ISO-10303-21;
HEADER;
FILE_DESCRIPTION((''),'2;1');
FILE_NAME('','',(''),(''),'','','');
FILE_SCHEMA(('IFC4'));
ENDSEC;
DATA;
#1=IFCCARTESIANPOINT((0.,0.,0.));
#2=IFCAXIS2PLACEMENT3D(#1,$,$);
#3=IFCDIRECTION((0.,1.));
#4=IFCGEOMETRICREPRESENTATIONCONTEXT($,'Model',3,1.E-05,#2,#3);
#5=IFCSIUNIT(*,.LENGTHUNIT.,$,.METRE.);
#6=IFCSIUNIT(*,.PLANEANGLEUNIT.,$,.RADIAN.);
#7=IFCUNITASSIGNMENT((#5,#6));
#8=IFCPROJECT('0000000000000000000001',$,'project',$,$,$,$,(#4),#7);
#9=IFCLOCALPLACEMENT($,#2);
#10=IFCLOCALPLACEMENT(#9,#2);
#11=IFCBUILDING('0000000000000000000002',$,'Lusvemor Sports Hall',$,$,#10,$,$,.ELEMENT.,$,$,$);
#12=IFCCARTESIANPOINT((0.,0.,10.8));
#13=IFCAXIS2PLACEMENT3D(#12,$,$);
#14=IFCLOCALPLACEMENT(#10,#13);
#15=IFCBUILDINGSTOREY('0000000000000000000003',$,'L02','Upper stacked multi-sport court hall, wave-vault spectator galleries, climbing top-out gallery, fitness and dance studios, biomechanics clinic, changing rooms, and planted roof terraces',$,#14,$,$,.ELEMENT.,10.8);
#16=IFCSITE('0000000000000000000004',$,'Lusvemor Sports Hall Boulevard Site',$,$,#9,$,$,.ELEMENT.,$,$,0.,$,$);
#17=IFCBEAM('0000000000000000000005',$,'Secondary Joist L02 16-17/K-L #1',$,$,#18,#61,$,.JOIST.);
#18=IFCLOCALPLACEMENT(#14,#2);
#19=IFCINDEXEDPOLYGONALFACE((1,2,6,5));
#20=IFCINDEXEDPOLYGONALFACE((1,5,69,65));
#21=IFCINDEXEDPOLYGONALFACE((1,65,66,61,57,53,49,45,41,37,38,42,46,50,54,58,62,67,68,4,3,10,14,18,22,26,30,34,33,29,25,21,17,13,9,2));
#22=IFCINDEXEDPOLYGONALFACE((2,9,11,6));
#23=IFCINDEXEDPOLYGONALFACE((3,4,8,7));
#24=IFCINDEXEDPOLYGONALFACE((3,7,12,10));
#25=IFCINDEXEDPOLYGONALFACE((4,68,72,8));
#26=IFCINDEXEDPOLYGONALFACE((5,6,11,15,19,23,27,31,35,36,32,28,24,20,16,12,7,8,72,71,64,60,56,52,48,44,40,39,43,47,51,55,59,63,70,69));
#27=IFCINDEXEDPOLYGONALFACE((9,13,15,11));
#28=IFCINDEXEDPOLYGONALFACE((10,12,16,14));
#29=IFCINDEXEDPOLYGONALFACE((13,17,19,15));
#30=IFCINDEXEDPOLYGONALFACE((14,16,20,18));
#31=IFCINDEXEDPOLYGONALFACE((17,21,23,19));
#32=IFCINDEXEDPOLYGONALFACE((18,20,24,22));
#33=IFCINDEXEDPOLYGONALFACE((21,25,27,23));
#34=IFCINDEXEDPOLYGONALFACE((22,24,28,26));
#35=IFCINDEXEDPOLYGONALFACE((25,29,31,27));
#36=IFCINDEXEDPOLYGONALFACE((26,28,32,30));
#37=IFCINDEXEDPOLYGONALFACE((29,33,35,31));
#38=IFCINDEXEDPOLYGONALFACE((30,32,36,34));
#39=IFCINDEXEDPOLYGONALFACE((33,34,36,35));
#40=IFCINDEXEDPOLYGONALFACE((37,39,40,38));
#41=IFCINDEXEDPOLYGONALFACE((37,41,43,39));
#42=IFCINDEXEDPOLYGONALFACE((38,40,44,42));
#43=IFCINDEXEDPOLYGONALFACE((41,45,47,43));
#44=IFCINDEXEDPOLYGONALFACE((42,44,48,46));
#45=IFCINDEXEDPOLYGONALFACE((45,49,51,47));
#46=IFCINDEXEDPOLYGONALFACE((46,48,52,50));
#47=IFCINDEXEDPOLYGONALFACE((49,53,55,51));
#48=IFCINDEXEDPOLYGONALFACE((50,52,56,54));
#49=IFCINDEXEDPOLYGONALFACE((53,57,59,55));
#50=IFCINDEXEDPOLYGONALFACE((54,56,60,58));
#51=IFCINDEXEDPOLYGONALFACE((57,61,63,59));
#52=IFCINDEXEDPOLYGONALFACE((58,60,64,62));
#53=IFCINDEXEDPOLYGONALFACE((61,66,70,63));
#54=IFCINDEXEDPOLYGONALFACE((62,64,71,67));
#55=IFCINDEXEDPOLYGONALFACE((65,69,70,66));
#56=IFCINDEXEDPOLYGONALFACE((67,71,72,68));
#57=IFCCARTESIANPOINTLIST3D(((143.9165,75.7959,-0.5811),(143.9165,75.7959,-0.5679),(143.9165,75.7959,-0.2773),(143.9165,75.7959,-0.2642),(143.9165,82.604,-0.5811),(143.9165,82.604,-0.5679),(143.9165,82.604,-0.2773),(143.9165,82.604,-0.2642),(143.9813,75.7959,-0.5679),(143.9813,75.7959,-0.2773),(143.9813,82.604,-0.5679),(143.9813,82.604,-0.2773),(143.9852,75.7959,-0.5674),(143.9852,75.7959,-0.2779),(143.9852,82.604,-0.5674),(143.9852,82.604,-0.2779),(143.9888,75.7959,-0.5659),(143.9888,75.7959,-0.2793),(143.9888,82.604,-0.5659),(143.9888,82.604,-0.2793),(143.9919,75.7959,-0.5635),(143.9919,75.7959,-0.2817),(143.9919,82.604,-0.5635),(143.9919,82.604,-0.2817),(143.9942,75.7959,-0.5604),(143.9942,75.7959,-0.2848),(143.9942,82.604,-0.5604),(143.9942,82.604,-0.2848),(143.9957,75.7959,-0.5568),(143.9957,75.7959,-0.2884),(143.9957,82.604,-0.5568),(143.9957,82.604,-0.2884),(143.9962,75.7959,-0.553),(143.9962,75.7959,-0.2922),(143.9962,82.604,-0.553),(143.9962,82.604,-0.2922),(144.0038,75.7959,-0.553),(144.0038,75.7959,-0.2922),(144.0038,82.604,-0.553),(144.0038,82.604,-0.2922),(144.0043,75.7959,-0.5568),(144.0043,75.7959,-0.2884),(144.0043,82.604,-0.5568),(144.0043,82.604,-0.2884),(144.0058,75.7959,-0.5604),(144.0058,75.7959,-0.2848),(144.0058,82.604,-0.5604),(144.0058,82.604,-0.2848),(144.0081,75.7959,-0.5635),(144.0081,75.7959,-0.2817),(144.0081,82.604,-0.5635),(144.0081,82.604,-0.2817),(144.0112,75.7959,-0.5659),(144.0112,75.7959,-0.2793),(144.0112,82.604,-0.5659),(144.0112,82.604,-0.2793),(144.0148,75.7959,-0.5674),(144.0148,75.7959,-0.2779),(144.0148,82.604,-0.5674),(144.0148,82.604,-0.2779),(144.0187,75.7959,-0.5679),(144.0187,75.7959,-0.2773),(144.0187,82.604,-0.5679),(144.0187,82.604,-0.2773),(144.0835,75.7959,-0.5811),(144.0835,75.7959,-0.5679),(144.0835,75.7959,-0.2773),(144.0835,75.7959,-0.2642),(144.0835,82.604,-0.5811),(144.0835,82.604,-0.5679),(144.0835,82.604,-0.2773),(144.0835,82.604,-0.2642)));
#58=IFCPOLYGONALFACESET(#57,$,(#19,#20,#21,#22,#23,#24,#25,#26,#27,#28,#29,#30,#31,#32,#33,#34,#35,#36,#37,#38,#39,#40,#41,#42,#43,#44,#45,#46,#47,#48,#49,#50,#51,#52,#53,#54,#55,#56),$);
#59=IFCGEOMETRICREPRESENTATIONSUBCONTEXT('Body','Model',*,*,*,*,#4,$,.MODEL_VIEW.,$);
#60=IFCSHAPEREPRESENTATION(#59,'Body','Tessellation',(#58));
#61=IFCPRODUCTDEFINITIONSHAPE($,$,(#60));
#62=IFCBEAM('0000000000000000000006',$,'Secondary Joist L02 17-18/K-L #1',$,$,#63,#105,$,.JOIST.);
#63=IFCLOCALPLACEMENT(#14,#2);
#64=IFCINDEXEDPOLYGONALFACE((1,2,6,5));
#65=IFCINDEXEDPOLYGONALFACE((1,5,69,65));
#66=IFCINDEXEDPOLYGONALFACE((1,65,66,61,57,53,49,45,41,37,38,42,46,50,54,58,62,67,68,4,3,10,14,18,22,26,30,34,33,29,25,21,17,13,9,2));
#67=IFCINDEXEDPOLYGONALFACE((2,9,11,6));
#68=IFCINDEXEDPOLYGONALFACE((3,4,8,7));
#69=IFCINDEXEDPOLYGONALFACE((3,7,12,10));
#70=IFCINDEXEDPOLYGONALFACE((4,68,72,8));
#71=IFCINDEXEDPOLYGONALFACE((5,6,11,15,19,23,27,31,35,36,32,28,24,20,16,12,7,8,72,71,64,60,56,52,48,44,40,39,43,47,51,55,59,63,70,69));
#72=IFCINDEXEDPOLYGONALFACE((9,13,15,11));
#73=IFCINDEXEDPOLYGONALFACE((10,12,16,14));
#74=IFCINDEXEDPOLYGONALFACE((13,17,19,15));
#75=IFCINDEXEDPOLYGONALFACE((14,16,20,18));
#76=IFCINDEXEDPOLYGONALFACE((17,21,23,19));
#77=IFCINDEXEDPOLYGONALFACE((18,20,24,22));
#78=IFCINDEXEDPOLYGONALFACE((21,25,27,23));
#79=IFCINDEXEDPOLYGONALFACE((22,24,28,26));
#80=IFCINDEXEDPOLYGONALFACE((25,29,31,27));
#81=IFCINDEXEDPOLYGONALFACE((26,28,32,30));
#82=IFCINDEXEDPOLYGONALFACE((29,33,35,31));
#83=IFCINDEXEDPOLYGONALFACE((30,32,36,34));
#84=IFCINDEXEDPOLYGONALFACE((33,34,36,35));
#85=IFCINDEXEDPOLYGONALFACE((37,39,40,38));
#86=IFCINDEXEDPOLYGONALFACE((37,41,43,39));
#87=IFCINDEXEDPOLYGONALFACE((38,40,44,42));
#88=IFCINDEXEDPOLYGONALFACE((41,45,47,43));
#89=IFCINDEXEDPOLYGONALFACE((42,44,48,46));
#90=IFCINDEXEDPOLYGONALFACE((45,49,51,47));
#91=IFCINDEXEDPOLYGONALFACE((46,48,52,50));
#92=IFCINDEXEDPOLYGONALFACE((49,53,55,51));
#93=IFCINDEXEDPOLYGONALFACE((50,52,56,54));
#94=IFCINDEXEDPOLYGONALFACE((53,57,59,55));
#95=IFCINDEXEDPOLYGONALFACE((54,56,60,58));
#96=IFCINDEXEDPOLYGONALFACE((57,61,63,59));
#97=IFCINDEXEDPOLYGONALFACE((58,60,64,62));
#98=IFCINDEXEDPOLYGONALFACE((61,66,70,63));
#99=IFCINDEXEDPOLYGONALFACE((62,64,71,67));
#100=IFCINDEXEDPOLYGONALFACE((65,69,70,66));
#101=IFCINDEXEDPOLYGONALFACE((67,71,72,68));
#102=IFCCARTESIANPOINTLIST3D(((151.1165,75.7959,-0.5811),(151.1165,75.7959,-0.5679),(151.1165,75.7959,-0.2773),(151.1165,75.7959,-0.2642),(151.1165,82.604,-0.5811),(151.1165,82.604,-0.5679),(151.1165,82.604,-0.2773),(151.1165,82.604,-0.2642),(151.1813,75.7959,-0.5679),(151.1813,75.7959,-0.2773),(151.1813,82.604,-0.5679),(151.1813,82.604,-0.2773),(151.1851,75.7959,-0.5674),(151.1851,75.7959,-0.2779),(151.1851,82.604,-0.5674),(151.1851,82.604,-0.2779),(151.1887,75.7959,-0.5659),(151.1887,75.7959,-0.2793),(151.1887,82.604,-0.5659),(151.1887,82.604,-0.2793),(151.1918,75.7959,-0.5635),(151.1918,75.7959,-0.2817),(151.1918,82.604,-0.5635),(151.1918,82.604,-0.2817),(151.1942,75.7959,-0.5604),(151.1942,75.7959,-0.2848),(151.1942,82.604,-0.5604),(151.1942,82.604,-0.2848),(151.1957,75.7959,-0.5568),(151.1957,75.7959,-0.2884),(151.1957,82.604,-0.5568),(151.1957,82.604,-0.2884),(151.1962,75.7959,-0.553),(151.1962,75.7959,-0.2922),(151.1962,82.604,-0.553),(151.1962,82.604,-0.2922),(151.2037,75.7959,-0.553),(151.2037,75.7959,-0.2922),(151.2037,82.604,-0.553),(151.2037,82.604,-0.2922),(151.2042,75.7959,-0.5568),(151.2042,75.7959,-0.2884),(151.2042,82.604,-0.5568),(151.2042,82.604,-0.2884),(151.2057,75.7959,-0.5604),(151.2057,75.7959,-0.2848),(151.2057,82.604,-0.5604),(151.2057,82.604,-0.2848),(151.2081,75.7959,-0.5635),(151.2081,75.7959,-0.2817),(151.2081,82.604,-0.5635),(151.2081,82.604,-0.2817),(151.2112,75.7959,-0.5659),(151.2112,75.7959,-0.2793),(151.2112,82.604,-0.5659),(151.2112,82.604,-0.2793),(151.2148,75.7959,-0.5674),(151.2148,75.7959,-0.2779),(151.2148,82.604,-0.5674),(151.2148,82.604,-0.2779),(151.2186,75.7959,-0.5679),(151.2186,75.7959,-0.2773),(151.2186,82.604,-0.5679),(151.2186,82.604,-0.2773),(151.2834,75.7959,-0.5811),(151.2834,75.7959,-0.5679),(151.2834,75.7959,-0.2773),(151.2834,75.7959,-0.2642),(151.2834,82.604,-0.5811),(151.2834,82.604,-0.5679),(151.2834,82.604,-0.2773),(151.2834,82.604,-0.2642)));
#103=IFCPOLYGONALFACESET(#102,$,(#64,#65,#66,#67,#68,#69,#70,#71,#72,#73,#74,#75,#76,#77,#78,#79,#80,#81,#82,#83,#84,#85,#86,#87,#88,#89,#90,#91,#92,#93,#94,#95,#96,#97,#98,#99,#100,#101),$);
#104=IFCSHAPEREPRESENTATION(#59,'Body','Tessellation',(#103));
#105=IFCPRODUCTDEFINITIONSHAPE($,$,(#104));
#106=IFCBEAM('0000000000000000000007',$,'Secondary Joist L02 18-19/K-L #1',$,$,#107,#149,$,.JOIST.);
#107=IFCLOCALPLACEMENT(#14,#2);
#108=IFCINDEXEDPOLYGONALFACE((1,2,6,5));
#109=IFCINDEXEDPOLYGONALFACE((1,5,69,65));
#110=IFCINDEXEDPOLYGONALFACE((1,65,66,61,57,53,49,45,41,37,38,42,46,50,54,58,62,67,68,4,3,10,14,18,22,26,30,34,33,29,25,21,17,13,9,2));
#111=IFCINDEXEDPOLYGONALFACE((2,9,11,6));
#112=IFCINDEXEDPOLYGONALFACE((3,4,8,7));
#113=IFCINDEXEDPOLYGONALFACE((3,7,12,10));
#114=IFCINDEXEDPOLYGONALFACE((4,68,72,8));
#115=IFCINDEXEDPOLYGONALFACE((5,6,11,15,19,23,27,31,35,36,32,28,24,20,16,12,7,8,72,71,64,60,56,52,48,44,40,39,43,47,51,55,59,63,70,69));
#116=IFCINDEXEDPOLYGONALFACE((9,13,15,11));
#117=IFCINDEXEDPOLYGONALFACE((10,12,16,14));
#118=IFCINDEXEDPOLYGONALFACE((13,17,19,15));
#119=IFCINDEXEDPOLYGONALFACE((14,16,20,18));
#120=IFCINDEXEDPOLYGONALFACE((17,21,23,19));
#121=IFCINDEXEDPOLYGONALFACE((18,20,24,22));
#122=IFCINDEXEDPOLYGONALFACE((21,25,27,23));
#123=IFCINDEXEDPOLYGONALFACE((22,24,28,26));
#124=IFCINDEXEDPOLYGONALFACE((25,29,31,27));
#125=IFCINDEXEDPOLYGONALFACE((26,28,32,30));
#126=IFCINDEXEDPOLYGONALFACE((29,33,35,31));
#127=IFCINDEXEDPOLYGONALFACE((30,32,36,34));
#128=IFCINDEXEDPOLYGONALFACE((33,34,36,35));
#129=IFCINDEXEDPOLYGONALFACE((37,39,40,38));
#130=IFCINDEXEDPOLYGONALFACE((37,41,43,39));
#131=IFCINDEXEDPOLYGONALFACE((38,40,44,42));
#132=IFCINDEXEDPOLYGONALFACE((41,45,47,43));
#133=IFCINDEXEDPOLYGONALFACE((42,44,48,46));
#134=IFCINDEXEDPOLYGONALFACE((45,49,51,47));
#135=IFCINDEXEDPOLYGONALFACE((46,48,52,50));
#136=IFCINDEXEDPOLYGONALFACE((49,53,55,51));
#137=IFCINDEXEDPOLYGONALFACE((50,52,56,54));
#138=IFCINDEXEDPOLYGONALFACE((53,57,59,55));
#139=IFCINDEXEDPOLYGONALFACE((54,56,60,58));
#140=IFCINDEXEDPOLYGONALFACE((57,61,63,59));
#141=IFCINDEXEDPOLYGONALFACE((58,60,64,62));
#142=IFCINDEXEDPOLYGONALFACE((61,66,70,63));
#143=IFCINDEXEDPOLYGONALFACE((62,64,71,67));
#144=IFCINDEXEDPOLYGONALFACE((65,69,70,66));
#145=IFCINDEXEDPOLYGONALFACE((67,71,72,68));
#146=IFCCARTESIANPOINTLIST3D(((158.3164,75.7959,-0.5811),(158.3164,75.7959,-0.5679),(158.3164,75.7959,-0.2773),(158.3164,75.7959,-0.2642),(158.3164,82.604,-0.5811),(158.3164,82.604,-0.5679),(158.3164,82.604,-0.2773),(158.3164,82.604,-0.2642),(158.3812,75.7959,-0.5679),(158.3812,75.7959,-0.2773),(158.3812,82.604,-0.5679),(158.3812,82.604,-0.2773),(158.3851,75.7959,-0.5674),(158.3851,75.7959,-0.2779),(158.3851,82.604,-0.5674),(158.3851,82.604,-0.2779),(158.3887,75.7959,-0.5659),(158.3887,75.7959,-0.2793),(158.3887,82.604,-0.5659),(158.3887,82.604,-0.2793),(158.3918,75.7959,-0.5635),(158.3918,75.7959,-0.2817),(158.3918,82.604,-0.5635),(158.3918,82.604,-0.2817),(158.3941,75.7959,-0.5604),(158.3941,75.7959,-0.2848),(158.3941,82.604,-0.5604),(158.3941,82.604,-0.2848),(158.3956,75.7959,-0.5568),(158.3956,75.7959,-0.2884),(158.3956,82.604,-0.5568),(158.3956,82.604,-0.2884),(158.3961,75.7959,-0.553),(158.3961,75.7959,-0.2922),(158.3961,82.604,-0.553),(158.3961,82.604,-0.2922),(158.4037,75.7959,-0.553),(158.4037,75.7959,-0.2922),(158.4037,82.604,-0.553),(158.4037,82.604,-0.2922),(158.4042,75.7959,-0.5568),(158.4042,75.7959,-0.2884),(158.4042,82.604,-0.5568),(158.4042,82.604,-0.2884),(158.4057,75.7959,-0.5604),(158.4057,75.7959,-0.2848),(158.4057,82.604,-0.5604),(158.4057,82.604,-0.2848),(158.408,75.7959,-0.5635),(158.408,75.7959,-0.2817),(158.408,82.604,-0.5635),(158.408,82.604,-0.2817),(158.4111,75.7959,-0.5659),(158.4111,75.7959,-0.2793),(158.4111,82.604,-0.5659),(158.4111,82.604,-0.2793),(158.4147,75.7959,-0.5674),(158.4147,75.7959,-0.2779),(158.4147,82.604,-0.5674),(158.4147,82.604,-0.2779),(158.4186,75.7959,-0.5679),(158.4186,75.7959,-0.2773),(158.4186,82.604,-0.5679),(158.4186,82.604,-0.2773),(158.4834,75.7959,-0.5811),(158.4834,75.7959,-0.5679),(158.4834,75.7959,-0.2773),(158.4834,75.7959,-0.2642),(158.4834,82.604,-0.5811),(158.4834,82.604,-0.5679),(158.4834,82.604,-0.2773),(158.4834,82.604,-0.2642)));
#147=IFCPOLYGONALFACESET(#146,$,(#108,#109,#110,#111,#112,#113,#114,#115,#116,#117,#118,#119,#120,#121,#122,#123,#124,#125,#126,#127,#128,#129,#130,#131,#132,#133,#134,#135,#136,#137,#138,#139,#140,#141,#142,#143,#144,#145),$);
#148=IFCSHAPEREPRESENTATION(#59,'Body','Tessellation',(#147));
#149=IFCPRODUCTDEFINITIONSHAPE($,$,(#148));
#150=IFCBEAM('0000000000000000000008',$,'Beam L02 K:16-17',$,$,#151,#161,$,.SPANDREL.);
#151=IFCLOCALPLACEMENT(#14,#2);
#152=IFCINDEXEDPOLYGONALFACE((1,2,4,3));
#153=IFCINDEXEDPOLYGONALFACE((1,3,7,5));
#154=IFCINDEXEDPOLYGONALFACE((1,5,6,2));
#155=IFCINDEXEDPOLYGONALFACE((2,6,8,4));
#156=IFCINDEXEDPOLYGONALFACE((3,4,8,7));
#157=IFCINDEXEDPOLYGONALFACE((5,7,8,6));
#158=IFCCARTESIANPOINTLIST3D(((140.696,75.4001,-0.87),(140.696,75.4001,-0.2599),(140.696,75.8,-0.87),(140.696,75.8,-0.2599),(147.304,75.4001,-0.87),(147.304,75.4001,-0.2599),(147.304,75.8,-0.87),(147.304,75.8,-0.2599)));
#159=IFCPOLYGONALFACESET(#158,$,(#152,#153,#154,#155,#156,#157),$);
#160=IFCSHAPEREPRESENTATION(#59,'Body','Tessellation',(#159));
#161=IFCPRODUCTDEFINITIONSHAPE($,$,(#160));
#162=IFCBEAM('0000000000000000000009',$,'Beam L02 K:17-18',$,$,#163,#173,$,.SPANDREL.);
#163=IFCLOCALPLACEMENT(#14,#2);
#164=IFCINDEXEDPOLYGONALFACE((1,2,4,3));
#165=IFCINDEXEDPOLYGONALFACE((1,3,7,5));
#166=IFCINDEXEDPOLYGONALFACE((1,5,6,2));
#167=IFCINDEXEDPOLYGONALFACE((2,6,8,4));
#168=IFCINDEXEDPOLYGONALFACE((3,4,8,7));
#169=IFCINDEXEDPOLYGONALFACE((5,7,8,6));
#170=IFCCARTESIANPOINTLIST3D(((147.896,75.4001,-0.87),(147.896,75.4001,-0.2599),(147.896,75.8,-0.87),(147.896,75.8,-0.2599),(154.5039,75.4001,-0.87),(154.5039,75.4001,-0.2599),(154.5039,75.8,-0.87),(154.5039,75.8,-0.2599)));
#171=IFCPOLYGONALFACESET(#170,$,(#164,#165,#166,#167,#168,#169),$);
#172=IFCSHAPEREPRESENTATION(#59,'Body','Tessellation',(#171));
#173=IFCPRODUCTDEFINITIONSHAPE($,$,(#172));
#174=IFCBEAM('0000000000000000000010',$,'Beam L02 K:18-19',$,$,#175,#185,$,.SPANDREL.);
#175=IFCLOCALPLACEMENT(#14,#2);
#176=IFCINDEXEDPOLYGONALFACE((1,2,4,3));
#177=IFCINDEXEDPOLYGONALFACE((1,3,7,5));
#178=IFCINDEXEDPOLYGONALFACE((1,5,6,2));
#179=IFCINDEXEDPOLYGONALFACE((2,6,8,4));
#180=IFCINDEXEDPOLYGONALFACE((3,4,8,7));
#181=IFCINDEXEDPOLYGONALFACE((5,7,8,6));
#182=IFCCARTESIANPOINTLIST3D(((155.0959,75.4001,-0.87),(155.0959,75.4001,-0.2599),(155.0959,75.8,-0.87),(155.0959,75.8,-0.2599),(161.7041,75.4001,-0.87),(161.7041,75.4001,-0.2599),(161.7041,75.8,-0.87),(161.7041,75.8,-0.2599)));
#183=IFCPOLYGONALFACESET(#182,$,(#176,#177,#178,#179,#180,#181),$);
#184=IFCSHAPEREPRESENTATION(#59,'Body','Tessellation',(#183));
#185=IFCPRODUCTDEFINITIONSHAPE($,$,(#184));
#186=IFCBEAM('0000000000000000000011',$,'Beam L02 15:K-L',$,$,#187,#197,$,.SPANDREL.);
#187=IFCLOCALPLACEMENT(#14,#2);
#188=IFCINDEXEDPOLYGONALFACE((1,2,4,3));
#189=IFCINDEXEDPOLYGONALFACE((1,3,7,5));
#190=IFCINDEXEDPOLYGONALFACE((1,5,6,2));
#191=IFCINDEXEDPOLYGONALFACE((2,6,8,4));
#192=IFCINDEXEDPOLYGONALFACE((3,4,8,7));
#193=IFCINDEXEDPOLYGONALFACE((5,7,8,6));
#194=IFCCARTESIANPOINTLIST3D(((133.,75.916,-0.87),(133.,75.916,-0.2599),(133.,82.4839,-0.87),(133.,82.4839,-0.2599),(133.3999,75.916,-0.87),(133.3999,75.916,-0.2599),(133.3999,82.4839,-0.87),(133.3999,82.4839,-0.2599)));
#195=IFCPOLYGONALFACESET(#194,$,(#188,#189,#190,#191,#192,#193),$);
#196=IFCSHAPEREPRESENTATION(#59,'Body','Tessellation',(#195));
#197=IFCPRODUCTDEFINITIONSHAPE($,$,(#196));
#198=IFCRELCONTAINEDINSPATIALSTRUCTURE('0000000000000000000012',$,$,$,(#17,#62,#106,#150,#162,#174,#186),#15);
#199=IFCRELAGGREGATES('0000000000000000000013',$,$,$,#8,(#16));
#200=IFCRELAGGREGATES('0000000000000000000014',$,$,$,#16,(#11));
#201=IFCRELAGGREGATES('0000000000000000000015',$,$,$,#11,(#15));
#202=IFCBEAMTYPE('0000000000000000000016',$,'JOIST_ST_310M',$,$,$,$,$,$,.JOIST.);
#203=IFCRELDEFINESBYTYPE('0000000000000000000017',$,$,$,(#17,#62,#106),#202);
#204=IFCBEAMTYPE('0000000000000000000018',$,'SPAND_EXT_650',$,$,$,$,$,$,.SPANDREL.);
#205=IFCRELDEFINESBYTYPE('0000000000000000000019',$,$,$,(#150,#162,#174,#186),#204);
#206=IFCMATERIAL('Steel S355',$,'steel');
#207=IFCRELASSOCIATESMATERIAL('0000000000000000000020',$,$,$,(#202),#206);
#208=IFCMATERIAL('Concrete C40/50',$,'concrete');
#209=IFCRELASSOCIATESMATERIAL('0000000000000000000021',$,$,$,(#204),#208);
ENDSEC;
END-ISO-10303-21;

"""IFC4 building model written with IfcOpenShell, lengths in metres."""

from ifc_helpers import new_model, si_unit, direction, frame, origin, origin_2d, place, context, subcontext, project, spatial, rectangle, i_section, extrude, material, material_profile, profile_set, type_object, element, save


model = new_model("IFC4")

# Units and contexts
model_context = context("Model", 3, precision=1e-05, world=origin(), true_north=direction((0.0, 1.0)))
body_context = subcontext(model_context, "Body", "Model", "MODEL_VIEW")
ifc_project = project(units=[si_unit("LENGTHUNIT", "METRE"), si_unit("PLANEANGLEUNIT", "RADIAN")], contexts=[model_context])

# Site, building, storey
site_placement = place(None, origin())
site = spatial("IfcSite", under=ifc_project, at=site_placement, Name="Lusvemor Sports Hall Boulevard Site", CompositionType="ELEMENT", RefElevation=0.0)
building_placement = place(site_placement, origin())
building = spatial("IfcBuilding", under=site, at=building_placement, Name="Lusvemor Sports Hall", CompositionType="ELEMENT")
storey_placement = place(building_placement, frame((0.0, 0.0, 10.8)))
storey = spatial("IfcBuildingStorey", under=building, at=storey_placement, Name="L02", Description="Upper stacked multi-sport court hall, wave-vault spectator galleries, climbing top-out gallery, fitness and dance studios, biomechanics clinic, changing rooms, and planted roof terraces", CompositionType="ELEMENT", Elevation=10.8)

# Beams
ifc_material_1 = material(Name="Steel S355", Category="steel")
ifc_material_profile_1 = material_profile(ifc_material_1, i_section(OverallWidth=0.167, OverallDepth=0.3169, WebThickness=0.0076, FlangeThickness=0.0132, FilletRadius=0.0149, at=origin_2d()), Name="W310x52.0")
ifc_profile_set_1 = profile_set([ifc_material_profile_1], Name="Steel S355")
beam_type_1 = type_object("IfcBeamType", Name="JOIST_ST_310M", PredefinedType="JOIST", material=ifc_profile_set_1)
for number, where, z_axis, x_axis, name in (
    (1, (144.0, 75.7959, -0.4226), (0.0, 1.0, 0.0), (-1.0, 0.0, 0.0), "Secondary Joist L02 16-17/K-L #1"),
    (2, (151.2, 75.7959, -0.4226), (0.0, 1.0, 0.0), (-1.0, 0.0, 0.0), "Secondary Joist L02 17-18/K-L #1"),
    (3, (158.3999, 75.7959, -0.4226), (0.0, 1.0, 0.0), (-1.0, 0.0, 0.0), "Secondary Joist L02 18-19/K-L #1"),
):
    element("IfcBeam", number, at=place(storey_placement, frame(where, z_axis=z_axis, x_axis=x_axis)), inside=storey, type_object=beam_type_1, Name=name, PredefinedType="JOIST", context=body_context, shape_type="SweptSolid", body=[
        extrude(i_section(OverallWidth=0.167, OverallDepth=0.3169, WebThickness=0.0076, FlangeThickness=0.0132, FilletRadius=0.0149, at=origin_2d()), origin(), (0.0, 0.0, 1.0), 6.8081),
    ])
ifc_material_2 = material(Name="Concrete C40/50", Category="concrete")
ifc_material_profile_2 = material_profile(ifc_material_2, rectangle(XDim=0.3999, YDim=0.6101, at=origin_2d()), Name="RC400x610")
ifc_profile_set_2 = profile_set([ifc_material_profile_2], Name="Concrete C40/50")
beam_type_2 = type_object("IfcBeamType", Name="SPAND_EXT_650", PredefinedType="SPANDREL", material=ifc_profile_set_2)
for number, where, z_axis, x_axis, name in (
    (4, (140.696, 75.6001, -0.5649), (1.0, 0.0, 0.0), (0.0, 1.0, 0.0), "Beam L02 K:16-17"),
    (5, (147.896, 75.6001, -0.5649), (1.0, 0.0, 0.0), (0.0, 1.0, 0.0), "Beam L02 K:17-18"),
):
    element("IfcBeam", number, at=place(storey_placement, frame(where, z_axis=z_axis, x_axis=x_axis)), inside=storey, type_object=beam_type_2, Name=name, PredefinedType="SPANDREL", context=body_context, shape_type="SweptSolid", body=[
        extrude(rectangle(XDim=0.3999, YDim=0.6101, at=origin_2d()), origin(), (0.0, 0.0, 1.0), 6.6079),
    ])
beam_1_placement = place(storey_placement, frame((155.0959, 75.6001, -0.5649), z_axis=(1.0, 0.0, 0.0), x_axis=(0.0, 1.0, 0.0)))
element("IfcBeam", 6, at=beam_1_placement, inside=storey, type_object=beam_type_2, Name="Beam L02 K:18-19", PredefinedType="SPANDREL", context=body_context, shape_type="SweptSolid", body=[
    extrude(rectangle(XDim=0.3999, YDim=0.6101, at=origin_2d()), origin(), (0.0, 0.0, 1.0), 6.6082),
])
beam_2_placement = place(storey_placement, frame((133.2, 75.916, -0.5649), z_axis=(0.0, 1.0, 0.0), x_axis=(-1.0, 0.0, 0.0)))
element("IfcBeam", 7, at=beam_2_placement, inside=storey, type_object=beam_type_2, Name="Beam L02 15:K-L", PredefinedType="SPANDREL", context=body_context, shape_type="SweptSolid", body=[
    extrude(rectangle(XDim=0.3999, YDim=0.6101, at=origin_2d()), origin(), (0.0, 0.0, 1.0), 6.5679),
])

save(model, "model.ifc")
